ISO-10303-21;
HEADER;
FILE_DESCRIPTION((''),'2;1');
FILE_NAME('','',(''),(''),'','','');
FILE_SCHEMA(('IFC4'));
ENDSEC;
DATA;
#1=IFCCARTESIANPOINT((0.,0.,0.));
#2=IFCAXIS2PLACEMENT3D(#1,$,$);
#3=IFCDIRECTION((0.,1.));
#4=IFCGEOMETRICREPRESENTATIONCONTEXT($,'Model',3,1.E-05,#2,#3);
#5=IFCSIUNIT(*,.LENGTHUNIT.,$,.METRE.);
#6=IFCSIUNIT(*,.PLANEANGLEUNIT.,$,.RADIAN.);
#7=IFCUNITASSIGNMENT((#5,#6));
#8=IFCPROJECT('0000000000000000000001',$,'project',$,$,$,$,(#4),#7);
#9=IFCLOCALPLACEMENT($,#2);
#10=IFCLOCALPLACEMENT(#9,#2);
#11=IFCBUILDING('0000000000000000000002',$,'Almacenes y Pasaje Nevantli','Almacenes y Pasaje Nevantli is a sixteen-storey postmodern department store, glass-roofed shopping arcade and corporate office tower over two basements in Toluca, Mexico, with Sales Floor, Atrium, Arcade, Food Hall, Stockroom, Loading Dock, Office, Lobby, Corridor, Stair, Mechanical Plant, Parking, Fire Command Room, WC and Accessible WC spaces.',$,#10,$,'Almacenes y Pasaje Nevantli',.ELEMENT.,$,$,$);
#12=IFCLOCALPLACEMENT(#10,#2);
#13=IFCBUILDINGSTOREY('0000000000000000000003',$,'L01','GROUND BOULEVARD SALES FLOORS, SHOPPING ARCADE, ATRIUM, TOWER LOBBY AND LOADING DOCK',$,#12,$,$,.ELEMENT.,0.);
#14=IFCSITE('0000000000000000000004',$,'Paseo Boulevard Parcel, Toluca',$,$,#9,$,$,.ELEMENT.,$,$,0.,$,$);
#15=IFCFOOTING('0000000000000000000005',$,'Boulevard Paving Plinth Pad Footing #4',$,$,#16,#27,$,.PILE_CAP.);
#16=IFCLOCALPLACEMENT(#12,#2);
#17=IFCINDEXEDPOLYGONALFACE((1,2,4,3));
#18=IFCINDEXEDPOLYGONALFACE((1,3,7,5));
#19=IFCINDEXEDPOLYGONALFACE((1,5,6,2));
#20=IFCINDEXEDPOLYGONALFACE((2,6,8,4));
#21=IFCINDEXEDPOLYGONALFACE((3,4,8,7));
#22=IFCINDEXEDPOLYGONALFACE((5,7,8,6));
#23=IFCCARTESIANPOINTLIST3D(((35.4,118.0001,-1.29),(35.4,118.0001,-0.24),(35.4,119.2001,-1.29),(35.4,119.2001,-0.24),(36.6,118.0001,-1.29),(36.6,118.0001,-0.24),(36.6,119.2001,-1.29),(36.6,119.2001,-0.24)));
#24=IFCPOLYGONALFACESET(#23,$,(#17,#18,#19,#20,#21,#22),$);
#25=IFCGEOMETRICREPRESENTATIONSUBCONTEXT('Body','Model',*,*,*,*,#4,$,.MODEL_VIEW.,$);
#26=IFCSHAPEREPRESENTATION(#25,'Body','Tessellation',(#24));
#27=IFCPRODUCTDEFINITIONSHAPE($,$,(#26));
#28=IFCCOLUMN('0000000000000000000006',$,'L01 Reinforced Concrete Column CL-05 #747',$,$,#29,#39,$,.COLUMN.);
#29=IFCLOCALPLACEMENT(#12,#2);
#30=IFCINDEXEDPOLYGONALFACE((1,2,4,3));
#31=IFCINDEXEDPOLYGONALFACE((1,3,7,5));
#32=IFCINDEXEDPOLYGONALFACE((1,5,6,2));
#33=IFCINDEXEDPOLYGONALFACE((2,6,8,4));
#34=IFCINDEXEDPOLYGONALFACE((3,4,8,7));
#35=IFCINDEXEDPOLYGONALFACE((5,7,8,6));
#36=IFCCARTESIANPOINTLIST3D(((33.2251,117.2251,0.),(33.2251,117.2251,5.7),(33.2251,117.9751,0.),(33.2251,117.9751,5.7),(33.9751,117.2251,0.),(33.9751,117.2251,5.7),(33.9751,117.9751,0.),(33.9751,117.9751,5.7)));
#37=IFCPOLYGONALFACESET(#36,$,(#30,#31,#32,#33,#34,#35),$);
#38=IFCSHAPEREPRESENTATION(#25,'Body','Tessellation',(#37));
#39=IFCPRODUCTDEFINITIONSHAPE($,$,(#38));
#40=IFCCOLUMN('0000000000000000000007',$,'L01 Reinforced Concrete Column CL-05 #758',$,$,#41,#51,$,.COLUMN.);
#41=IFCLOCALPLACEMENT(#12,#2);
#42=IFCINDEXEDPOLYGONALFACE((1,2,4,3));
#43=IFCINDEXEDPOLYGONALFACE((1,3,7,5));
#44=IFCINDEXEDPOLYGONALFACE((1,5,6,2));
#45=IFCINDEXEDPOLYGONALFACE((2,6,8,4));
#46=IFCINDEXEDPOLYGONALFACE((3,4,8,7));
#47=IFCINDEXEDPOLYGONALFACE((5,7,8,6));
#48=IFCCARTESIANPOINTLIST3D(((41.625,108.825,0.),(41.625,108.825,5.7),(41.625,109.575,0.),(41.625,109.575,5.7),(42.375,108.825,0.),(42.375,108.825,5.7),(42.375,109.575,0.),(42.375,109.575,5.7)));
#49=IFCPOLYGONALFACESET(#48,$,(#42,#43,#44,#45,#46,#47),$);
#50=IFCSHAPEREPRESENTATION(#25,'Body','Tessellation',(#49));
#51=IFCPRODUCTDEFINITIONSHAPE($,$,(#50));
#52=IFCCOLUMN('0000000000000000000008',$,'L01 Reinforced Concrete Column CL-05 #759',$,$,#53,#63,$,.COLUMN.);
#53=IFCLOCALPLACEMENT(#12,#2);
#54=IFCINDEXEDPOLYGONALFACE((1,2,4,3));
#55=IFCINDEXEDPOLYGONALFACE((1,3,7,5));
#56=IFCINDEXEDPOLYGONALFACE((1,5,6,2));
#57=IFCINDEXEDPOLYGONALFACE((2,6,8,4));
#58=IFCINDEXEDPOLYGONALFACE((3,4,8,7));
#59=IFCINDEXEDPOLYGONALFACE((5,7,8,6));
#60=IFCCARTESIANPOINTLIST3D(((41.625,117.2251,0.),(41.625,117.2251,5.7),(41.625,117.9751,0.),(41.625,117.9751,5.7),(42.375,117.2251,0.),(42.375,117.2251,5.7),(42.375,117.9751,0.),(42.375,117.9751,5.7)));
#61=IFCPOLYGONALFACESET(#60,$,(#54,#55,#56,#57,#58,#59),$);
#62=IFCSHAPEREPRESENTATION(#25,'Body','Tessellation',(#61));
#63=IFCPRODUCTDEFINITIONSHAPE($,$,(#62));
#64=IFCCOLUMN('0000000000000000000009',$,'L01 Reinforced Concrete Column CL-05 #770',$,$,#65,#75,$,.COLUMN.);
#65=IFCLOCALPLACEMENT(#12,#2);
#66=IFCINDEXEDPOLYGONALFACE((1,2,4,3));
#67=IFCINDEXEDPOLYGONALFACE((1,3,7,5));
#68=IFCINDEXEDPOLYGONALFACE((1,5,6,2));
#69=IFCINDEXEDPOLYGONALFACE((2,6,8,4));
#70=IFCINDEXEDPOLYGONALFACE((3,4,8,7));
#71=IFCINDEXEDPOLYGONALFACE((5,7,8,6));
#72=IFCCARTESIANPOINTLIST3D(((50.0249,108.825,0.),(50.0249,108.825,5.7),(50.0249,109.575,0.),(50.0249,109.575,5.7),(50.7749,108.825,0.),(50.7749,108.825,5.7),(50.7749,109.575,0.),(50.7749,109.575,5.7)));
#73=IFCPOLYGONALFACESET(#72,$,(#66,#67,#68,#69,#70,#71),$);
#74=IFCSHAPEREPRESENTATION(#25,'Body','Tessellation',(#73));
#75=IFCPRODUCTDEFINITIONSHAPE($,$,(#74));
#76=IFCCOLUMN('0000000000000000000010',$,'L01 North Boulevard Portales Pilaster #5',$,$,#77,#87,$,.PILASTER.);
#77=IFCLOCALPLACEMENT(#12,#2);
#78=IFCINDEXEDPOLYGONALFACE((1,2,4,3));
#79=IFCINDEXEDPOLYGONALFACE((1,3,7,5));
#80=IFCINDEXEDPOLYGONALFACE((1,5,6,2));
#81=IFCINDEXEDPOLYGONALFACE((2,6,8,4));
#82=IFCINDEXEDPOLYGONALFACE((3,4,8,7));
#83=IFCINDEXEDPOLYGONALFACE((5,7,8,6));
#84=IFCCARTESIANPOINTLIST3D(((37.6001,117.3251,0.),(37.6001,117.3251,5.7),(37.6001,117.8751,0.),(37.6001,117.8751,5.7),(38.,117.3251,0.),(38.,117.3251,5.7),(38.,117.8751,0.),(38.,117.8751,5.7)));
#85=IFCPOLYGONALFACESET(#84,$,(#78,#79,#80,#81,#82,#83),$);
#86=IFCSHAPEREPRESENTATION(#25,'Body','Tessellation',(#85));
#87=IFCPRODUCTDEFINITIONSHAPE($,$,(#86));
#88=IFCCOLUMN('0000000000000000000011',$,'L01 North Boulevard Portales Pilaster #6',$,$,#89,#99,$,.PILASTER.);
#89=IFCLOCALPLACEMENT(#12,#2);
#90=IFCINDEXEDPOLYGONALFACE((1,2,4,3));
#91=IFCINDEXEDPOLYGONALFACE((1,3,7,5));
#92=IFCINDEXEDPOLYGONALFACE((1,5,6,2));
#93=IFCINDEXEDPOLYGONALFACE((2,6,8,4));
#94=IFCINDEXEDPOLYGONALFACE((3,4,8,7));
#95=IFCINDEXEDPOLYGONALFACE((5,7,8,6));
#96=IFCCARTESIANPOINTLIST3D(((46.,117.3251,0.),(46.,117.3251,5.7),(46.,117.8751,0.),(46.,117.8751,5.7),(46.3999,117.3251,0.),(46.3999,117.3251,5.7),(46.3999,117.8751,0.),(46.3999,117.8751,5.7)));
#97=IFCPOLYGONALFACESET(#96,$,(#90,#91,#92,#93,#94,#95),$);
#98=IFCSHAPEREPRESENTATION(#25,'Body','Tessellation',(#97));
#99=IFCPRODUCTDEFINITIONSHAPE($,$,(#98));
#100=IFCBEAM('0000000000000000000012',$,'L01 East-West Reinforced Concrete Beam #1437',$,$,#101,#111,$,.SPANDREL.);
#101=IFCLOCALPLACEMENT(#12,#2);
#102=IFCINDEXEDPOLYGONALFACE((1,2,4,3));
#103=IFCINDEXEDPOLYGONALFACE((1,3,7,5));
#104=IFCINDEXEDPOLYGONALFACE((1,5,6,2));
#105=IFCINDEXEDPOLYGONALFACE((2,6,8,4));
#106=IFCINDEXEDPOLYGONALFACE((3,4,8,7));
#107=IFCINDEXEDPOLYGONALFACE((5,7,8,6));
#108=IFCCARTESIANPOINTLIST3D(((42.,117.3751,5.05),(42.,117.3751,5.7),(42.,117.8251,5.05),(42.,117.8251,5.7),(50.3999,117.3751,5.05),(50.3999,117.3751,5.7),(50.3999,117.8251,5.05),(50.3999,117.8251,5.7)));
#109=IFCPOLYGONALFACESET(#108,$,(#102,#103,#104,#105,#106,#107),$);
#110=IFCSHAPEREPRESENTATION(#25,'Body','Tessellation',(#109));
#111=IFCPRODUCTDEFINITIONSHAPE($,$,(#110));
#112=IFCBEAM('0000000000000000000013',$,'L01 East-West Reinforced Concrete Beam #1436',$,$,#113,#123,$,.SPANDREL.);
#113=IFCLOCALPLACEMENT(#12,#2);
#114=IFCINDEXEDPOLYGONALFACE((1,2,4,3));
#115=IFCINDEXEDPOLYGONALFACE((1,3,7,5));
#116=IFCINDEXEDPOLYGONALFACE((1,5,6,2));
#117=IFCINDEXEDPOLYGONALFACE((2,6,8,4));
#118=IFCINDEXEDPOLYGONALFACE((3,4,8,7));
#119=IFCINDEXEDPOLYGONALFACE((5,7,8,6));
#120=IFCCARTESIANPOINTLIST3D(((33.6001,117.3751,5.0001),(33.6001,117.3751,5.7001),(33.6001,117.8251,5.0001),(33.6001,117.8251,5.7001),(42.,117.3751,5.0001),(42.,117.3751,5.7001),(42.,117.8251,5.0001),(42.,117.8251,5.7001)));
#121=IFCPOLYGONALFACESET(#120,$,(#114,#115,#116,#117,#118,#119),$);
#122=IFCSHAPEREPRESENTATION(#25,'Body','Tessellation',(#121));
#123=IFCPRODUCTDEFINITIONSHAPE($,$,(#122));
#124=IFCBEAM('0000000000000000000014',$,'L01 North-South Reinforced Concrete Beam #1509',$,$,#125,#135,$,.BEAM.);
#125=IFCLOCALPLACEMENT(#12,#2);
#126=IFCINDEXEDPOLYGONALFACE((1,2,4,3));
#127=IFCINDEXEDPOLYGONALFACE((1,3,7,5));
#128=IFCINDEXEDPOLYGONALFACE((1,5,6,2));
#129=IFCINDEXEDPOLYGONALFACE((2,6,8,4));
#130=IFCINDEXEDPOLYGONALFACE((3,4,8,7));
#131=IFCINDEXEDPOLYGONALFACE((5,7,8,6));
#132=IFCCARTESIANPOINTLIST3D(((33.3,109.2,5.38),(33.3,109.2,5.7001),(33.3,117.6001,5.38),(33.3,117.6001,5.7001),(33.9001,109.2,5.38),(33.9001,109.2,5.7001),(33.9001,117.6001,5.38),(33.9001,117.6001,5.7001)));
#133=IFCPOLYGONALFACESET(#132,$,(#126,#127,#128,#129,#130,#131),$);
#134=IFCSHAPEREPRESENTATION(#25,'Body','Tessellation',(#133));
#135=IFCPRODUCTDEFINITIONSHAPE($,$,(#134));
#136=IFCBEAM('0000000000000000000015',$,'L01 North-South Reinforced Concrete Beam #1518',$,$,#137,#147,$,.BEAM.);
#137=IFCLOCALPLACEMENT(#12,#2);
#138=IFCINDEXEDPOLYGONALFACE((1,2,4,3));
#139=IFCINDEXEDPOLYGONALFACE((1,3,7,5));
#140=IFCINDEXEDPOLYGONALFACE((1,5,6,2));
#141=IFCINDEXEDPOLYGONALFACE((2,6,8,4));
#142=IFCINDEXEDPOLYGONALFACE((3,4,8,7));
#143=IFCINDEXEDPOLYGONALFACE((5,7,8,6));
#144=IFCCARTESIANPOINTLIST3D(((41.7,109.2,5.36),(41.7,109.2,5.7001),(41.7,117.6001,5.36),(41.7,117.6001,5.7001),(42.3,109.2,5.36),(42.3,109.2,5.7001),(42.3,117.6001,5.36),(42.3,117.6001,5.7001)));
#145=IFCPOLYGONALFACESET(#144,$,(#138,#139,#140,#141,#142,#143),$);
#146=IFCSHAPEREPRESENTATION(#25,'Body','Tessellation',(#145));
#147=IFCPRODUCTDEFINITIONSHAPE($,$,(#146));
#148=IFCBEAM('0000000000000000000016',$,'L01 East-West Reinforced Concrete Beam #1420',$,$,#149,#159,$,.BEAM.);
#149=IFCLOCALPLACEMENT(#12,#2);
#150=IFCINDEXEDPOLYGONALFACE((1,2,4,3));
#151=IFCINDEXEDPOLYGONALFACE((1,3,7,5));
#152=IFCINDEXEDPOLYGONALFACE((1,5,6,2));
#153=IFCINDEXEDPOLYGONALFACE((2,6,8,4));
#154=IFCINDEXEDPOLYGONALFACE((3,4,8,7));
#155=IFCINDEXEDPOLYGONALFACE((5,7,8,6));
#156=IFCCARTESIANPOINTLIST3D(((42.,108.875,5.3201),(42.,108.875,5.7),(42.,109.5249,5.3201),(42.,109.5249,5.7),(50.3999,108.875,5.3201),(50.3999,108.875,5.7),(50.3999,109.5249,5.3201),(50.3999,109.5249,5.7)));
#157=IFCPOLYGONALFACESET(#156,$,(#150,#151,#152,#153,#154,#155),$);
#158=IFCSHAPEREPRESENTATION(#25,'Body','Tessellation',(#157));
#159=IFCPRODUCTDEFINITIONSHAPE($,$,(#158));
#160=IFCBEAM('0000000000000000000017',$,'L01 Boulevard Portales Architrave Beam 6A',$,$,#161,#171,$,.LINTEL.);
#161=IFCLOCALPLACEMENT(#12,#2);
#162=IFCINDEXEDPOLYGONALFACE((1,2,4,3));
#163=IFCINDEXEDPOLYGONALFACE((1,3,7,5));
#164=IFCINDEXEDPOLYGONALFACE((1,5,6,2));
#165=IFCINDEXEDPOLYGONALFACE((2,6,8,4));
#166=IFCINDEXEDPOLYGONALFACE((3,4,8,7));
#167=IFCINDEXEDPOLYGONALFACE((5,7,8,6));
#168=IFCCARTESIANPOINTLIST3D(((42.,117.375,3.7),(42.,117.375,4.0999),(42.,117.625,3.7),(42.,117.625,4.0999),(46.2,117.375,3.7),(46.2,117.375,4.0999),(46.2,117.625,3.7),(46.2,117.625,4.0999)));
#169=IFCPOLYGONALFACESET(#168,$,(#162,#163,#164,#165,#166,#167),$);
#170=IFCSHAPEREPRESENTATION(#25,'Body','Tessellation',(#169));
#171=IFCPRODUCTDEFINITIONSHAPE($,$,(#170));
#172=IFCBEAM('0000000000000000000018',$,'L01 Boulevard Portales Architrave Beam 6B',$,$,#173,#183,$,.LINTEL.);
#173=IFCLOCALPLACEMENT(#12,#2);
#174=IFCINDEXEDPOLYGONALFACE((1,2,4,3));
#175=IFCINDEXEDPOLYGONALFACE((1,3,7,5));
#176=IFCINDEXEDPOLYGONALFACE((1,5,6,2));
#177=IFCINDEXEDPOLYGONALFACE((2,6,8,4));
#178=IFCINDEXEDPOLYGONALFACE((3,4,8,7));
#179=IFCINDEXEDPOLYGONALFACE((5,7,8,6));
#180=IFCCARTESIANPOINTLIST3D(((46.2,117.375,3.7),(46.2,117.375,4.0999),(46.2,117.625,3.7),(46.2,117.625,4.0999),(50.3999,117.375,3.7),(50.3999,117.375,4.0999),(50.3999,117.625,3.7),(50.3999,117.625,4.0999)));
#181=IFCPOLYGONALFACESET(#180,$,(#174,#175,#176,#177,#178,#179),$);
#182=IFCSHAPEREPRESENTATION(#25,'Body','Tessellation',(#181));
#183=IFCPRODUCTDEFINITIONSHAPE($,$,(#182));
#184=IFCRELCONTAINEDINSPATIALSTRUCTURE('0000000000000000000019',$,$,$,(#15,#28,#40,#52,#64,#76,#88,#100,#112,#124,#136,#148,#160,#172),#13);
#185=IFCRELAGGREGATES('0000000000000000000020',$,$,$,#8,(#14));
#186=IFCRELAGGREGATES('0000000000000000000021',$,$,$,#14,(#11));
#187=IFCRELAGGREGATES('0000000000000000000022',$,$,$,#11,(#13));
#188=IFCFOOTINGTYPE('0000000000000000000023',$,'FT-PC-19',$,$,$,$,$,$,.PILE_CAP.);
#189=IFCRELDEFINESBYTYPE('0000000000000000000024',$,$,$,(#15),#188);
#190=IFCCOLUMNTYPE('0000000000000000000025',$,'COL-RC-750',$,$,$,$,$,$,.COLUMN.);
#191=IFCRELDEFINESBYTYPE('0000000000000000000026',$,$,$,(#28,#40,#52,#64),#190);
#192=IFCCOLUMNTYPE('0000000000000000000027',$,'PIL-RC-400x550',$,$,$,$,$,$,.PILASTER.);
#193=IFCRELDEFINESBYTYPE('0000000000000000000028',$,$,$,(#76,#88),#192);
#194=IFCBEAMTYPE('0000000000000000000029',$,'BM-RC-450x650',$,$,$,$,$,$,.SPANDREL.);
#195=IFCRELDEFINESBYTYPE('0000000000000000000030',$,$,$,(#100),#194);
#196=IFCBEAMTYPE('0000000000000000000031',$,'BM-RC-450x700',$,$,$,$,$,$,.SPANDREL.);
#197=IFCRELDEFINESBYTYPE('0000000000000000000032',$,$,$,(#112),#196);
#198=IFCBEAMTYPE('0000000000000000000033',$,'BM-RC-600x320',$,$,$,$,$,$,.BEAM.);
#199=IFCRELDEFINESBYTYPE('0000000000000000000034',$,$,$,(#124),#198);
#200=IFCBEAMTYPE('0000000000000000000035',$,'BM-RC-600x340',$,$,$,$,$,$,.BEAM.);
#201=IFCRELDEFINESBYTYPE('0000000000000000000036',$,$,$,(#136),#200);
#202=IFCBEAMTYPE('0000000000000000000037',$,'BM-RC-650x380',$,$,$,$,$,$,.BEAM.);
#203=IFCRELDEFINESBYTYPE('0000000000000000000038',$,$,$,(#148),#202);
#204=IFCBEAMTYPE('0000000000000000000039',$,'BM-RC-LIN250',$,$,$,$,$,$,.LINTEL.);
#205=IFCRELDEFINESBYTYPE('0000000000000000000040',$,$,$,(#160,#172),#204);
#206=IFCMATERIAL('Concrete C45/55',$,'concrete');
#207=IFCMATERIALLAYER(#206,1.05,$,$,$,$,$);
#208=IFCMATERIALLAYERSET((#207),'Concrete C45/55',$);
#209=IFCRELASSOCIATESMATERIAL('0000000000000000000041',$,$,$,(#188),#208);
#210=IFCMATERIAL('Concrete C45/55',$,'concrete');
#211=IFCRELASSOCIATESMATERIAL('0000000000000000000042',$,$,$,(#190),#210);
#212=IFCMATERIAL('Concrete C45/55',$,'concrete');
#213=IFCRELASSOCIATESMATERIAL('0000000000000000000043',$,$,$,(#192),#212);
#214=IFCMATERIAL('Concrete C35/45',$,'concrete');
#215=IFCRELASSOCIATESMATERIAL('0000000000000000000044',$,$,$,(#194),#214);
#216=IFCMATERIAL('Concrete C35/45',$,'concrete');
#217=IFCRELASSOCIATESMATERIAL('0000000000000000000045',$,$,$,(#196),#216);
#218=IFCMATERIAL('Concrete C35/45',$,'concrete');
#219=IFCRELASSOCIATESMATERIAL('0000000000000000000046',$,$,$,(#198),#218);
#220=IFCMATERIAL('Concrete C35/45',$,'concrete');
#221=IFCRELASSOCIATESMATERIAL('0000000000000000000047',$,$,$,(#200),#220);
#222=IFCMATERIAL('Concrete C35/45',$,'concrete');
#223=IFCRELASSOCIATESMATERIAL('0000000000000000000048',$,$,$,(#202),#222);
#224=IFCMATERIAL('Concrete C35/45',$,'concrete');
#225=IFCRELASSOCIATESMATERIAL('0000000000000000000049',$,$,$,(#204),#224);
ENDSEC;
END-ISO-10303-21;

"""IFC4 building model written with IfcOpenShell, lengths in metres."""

from ifc_helpers import new_model, si_unit, direction, frame, origin, origin_2d, place, context, subcontext, project, spatial, rectangle, extrude, material, layer, layer_set, material_profile, profile_set, type_object, element, save


model = new_model("IFC4")

# Units and contexts
model_context = context("Model", 3, precision=1e-05, world=origin(), true_north=direction((0.0, 1.0)))
body_context = subcontext(model_context, "Body", "Model", "MODEL_VIEW")
ifc_project = project(units=[si_unit("LENGTHUNIT", "METRE"), si_unit("PLANEANGLEUNIT", "RADIAN")], contexts=[model_context])

# Site, building, storey
site_placement = place(None, origin())
site = spatial("IfcSite", under=ifc_project, at=site_placement, Name="Paseo Boulevard Parcel, Toluca", CompositionType="ELEMENT", RefElevation=0.0)
building_placement = place(site_placement, origin())
building = spatial("IfcBuilding", under=site, at=building_placement, Name="Almacenes y Pasaje Nevantli", Description="Almacenes y Pasaje Nevantli is a sixteen-storey postmodern department store, glass-roofed shopping arcade and corporate office tower over two basements in Toluca, Mexico, with Sales Floor, Atrium, Arcade, Food Hall, Stockroom, Loading Dock, Office, Lobby, Corridor, Stair, Mechanical Plant, Parking, Fire Command Room, WC and Accessible WC spaces.", LongName="Almacenes y Pasaje Nevantli", CompositionType="ELEMENT")
storey_placement = place(building_placement, origin())
storey = spatial("IfcBuildingStorey", under=building, at=storey_placement, Name="L01", Description="GROUND BOULEVARD SALES FLOORS, SHOPPING ARCADE, ATRIUM, TOWER LOBBY AND LOADING DOCK", CompositionType="ELEMENT", Elevation=0.0)

# Footing
ifc_material_1 = material(Name="Concrete C45/55", Category="concrete")
ifc_layer_1 = layer(ifc_material_1, 1.05)
ifc_layer_set_1 = layer_set([ifc_layer_1], Name="Concrete C45/55")
footing_type = type_object("IfcFootingType", Name="FT-PC-19", PredefinedType="PILE_CAP", material=ifc_layer_set_1)
footing_placement = place(storey_placement, frame((36.0, 118.6001, -1.29), z_axis=(0.0, 0.0, 1.0), x_axis=(1.0, 0.0, 0.0)))
element("IfcFooting", 1, at=footing_placement, inside=storey, type_object=footing_type, Name="Boulevard Paving Plinth Pad Footing #4", PredefinedType="PILE_CAP", context=body_context, shape_type="SweptSolid", body=[
    extrude(rectangle(XDim=1.2, YDim=1.2, at=origin_2d()), origin(), (0.0, 0.0, 1.0), 1.05),
])

# Columns
ifc_material_2 = material(Name="Concrete C45/55", Category="concrete")
ifc_material_profile_1 = material_profile(ifc_material_2, rectangle(XDim=0.75, YDim=0.75, at=origin_2d()), Name="RC-COL-750x750")
ifc_profile_set_1 = profile_set([ifc_material_profile_1], Name="Concrete C45/55")
column_type_1 = type_object("IfcColumnType", Name="COL-RC-750", PredefinedType="COLUMN", material=ifc_profile_set_1)
for number, where, z_axis, x_axis, name in (
    (2, (33.6001, 117.6001, 0.0), (0.0, 0.0, 1.0), (1.0, 0.0, 0.0), "L01 Reinforced Concrete Column CL-05 #747"),
    (3, (42.0, 109.2, 0.0), (0.0, 0.0, 1.0), (1.0, 0.0, 0.0), "L01 Reinforced Concrete Column CL-05 #758"),
    (4, (42.0, 117.6001, 0.0), (0.0, 0.0, 1.0), (1.0, 0.0, 0.0), "L01 Reinforced Concrete Column CL-05 #759"),
    (5, (50.3999, 109.2, 0.0), (0.0, 0.0, 1.0), (1.0, 0.0, 0.0), "L01 Reinforced Concrete Column CL-05 #770"),
):
    element("IfcColumn", number, at=place(storey_placement, frame(where, z_axis=z_axis, x_axis=x_axis)), inside=storey, type_object=column_type_1, Name=name, PredefinedType="COLUMN", context=body_context, shape_type="SweptSolid", body=[
        extrude(rectangle(XDim=0.75, YDim=0.75, at=origin_2d()), origin(), (0.0, 0.0, 1.0), 5.7),
    ])
ifc_material_3 = material(Name="Concrete C45/55", Category="concrete")
ifc_material_profile_2 = material_profile(ifc_material_3, rectangle(XDim=0.3999, YDim=0.55, at=origin_2d()), Name="RC-PIL-400x550")
ifc_profile_set_2 = profile_set([ifc_material_profile_2], Name="Concrete C45/55")
column_type_2 = type_object("IfcColumnType", Name="PIL-RC-400x550", PredefinedType="PILASTER", material=ifc_profile_set_2)
for number, where, z_axis, x_axis, name in (
    (6, (37.8, 117.6001, 0.0), (0.0, 0.0, 1.0), (1.0, 0.0, 0.0), "L01 North Boulevard Portales Pilaster #5"),
    (7, (46.2, 117.6001, 0.0), (0.0, 0.0, 1.0), (1.0, 0.0, 0.0), "L01 North Boulevard Portales Pilaster #6"),
):
    element("IfcColumn", number, at=place(storey_placement, frame(where, z_axis=z_axis, x_axis=x_axis)), inside=storey, type_object=column_type_2, Name=name, PredefinedType="PILASTER", context=body_context, shape_type="SweptSolid", body=[
        extrude(rectangle(XDim=0.3999, YDim=0.55, at=origin_2d()), origin(), (0.0, 0.0, 1.0), 5.7),
    ])

# Beams
ifc_material_4 = material(Name="Concrete C35/45", Category="concrete")
ifc_material_profile_3 = material_profile(ifc_material_4, rectangle(XDim=0.45, YDim=0.6499, at=origin_2d()), Name="RC-BM-450x650")
ifc_profile_set_3 = profile_set([ifc_material_profile_3], Name="Concrete C35/45")
beam_type_1 = type_object("IfcBeamType", Name="BM-RC-450x650", PredefinedType="SPANDREL", material=ifc_profile_set_3)
beam_1_placement = place(storey_placement, frame((42.0, 117.6001, 5.375), z_axis=(1.0, 0.0, 0.0), x_axis=(0.0, 1.0, 0.0)))
element("IfcBeam", 8, at=beam_1_placement, inside=storey, type_object=beam_type_1, Name="L01 East-West Reinforced Concrete Beam #1437", PredefinedType="SPANDREL", context=body_context, shape_type="SweptSolid", body=[
    extrude(rectangle(XDim=0.45, YDim=0.6499, at=origin_2d()), origin(), (0.0, 0.0, 1.0), 8.3999),
])
ifc_material_5 = material(Name="Concrete C35/45", Category="concrete")
ifc_material_profile_4 = material_profile(ifc_material_5, rectangle(XDim=0.45, YDim=0.7, at=origin_2d()), Name="RC-BM-450x700")
ifc_profile_set_4 = profile_set([ifc_material_profile_4], Name="Concrete C35/45")
beam_type_2 = type_object("IfcBeamType", Name="BM-RC-450x700", PredefinedType="SPANDREL", material=ifc_profile_set_4)
beam_2_placement = place(storey_placement, frame((33.6001, 117.6001, 5.3501), z_axis=(1.0, 0.0, 0.0), x_axis=(0.0, 1.0, 0.0)))
element("IfcBeam", 9, at=beam_2_placement, inside=storey, type_object=beam_type_2, Name="L01 East-West Reinforced Concrete Beam #1436", PredefinedType="SPANDREL", context=body_context, shape_type="SweptSolid", body=[
    extrude(rectangle(XDim=0.45, YDim=0.7, at=origin_2d()), origin(), (0.0, 0.0, 1.0), 8.3999),
])
ifc_material_6 = material(Name="Concrete C35/45", Category="concrete")
ifc_material_profile_5 = material_profile(ifc_material_6, rectangle(XDim=0.6001, YDim=0.3201, at=origin_2d()), Name="RC-BM-600x320")
ifc_profile_set_5 = profile_set([ifc_material_profile_5], Name="Concrete C35/45")
beam_type_3 = type_object("IfcBeamType", Name="BM-RC-600x320", PredefinedType="BEAM", material=ifc_profile_set_5)
beam_3_placement = place(storey_placement, frame((33.6001, 109.2, 5.54), z_axis=(0.0, 1.0, 0.0), x_axis=(-1.0, 0.0, 0.0)))
element("IfcBeam", 10, at=beam_3_placement, inside=storey, type_object=beam_type_3, Name="L01 North-South Reinforced Concrete Beam #1509", PredefinedType="BEAM", context=body_context, shape_type="SweptSolid", body=[
    extrude(rectangle(XDim=0.6001, YDim=0.3201, at=origin_2d()), origin(), (0.0, 0.0, 1.0), 8.4001),
])
ifc_material_7 = material(Name="Concrete C35/45", Category="concrete")
ifc_material_profile_6 = material_profile(ifc_material_7, rectangle(XDim=0.6001, YDim=0.3401, at=origin_2d()), Name="RC-BM-600x340")
ifc_profile_set_6 = profile_set([ifc_material_profile_6], Name="Concrete C35/45")
beam_type_4 = type_object("IfcBeamType", Name="BM-RC-600x340", PredefinedType="BEAM", material=ifc_profile_set_6)
beam_4_placement = place(storey_placement, frame((42.0, 109.2, 5.53), z_axis=(0.0, 1.0, 0.0), x_axis=(-1.0, 0.0, 0.0)))
element("IfcBeam", 11, at=beam_4_placement, inside=storey, type_object=beam_type_4, Name="L01 North-South Reinforced Concrete Beam #1518", PredefinedType="BEAM", context=body_context, shape_type="SweptSolid", body=[
    extrude(rectangle(XDim=0.6001, YDim=0.3401, at=origin_2d()), origin(), (0.0, 0.0, 1.0), 8.4001),
])
ifc_material_8 = material(Name="Concrete C35/45", Category="concrete")
ifc_material_profile_7 = material_profile(ifc_material_8, rectangle(XDim=0.6499, YDim=0.3799, at=origin_2d()), Name="RC-BM-650x380")
ifc_profile_set_7 = profile_set([ifc_material_profile_7], Name="Concrete C35/45")
beam_type_5 = type_object("IfcBeamType", Name="BM-RC-650x380", PredefinedType="BEAM", material=ifc_profile_set_7)
beam_5_placement = place(storey_placement, frame((42.0, 109.2, 5.51), z_axis=(1.0, 0.0, 0.0), x_axis=(0.0, 1.0, 0.0)))
element("IfcBeam", 12, at=beam_5_placement, inside=storey, type_object=beam_type_5, Name="L01 East-West Reinforced Concrete Beam #1420", PredefinedType="BEAM", context=body_context, shape_type="SweptSolid", body=[
    extrude(rectangle(XDim=0.6499, YDim=0.3799, at=origin_2d()), origin(), (0.0, 0.0, 1.0), 8.3999),
])
ifc_material_9 = material(Name="Concrete C35/45", Category="concrete")
ifc_material_profile_8 = material_profile(ifc_material_9, rectangle(XDim=0.25, YDim=0.3999, at=origin_2d()), Name="RC-LIN-250x400")
ifc_profile_set_8 = profile_set([ifc_material_profile_8], Name="Concrete C35/45")
beam_type_6 = type_object("IfcBeamType", Name="BM-RC-LIN250", PredefinedType="LINTEL", material=ifc_profile_set_8)
for number, where, z_axis, x_axis, name in (
    (13, (42.0, 117.5, 3.8999), (1.0, 0.0, 0.0), (0.0, 1.0, 0.0), "L01 Boulevard Portales Architrave Beam 6A"),
    (14, (46.2, 117.5, 3.8999), (1.0, 0.0, 0.0), (0.0, 1.0, 0.0), "L01 Boulevard Portales Architrave Beam 6B"),
):
    element("IfcBeam", number, at=place(storey_placement, frame(where, z_axis=z_axis, x_axis=x_axis)), inside=storey, type_object=beam_type_6, Name=name, PredefinedType="LINTEL", context=body_context, shape_type="SweptSolid", body=[
        extrude(rectangle(XDim=0.25, YDim=0.3999, at=origin_2d()), origin(), (0.0, 0.0, 1.0), 4.2),
    ])

save(model, "model.ifc")
